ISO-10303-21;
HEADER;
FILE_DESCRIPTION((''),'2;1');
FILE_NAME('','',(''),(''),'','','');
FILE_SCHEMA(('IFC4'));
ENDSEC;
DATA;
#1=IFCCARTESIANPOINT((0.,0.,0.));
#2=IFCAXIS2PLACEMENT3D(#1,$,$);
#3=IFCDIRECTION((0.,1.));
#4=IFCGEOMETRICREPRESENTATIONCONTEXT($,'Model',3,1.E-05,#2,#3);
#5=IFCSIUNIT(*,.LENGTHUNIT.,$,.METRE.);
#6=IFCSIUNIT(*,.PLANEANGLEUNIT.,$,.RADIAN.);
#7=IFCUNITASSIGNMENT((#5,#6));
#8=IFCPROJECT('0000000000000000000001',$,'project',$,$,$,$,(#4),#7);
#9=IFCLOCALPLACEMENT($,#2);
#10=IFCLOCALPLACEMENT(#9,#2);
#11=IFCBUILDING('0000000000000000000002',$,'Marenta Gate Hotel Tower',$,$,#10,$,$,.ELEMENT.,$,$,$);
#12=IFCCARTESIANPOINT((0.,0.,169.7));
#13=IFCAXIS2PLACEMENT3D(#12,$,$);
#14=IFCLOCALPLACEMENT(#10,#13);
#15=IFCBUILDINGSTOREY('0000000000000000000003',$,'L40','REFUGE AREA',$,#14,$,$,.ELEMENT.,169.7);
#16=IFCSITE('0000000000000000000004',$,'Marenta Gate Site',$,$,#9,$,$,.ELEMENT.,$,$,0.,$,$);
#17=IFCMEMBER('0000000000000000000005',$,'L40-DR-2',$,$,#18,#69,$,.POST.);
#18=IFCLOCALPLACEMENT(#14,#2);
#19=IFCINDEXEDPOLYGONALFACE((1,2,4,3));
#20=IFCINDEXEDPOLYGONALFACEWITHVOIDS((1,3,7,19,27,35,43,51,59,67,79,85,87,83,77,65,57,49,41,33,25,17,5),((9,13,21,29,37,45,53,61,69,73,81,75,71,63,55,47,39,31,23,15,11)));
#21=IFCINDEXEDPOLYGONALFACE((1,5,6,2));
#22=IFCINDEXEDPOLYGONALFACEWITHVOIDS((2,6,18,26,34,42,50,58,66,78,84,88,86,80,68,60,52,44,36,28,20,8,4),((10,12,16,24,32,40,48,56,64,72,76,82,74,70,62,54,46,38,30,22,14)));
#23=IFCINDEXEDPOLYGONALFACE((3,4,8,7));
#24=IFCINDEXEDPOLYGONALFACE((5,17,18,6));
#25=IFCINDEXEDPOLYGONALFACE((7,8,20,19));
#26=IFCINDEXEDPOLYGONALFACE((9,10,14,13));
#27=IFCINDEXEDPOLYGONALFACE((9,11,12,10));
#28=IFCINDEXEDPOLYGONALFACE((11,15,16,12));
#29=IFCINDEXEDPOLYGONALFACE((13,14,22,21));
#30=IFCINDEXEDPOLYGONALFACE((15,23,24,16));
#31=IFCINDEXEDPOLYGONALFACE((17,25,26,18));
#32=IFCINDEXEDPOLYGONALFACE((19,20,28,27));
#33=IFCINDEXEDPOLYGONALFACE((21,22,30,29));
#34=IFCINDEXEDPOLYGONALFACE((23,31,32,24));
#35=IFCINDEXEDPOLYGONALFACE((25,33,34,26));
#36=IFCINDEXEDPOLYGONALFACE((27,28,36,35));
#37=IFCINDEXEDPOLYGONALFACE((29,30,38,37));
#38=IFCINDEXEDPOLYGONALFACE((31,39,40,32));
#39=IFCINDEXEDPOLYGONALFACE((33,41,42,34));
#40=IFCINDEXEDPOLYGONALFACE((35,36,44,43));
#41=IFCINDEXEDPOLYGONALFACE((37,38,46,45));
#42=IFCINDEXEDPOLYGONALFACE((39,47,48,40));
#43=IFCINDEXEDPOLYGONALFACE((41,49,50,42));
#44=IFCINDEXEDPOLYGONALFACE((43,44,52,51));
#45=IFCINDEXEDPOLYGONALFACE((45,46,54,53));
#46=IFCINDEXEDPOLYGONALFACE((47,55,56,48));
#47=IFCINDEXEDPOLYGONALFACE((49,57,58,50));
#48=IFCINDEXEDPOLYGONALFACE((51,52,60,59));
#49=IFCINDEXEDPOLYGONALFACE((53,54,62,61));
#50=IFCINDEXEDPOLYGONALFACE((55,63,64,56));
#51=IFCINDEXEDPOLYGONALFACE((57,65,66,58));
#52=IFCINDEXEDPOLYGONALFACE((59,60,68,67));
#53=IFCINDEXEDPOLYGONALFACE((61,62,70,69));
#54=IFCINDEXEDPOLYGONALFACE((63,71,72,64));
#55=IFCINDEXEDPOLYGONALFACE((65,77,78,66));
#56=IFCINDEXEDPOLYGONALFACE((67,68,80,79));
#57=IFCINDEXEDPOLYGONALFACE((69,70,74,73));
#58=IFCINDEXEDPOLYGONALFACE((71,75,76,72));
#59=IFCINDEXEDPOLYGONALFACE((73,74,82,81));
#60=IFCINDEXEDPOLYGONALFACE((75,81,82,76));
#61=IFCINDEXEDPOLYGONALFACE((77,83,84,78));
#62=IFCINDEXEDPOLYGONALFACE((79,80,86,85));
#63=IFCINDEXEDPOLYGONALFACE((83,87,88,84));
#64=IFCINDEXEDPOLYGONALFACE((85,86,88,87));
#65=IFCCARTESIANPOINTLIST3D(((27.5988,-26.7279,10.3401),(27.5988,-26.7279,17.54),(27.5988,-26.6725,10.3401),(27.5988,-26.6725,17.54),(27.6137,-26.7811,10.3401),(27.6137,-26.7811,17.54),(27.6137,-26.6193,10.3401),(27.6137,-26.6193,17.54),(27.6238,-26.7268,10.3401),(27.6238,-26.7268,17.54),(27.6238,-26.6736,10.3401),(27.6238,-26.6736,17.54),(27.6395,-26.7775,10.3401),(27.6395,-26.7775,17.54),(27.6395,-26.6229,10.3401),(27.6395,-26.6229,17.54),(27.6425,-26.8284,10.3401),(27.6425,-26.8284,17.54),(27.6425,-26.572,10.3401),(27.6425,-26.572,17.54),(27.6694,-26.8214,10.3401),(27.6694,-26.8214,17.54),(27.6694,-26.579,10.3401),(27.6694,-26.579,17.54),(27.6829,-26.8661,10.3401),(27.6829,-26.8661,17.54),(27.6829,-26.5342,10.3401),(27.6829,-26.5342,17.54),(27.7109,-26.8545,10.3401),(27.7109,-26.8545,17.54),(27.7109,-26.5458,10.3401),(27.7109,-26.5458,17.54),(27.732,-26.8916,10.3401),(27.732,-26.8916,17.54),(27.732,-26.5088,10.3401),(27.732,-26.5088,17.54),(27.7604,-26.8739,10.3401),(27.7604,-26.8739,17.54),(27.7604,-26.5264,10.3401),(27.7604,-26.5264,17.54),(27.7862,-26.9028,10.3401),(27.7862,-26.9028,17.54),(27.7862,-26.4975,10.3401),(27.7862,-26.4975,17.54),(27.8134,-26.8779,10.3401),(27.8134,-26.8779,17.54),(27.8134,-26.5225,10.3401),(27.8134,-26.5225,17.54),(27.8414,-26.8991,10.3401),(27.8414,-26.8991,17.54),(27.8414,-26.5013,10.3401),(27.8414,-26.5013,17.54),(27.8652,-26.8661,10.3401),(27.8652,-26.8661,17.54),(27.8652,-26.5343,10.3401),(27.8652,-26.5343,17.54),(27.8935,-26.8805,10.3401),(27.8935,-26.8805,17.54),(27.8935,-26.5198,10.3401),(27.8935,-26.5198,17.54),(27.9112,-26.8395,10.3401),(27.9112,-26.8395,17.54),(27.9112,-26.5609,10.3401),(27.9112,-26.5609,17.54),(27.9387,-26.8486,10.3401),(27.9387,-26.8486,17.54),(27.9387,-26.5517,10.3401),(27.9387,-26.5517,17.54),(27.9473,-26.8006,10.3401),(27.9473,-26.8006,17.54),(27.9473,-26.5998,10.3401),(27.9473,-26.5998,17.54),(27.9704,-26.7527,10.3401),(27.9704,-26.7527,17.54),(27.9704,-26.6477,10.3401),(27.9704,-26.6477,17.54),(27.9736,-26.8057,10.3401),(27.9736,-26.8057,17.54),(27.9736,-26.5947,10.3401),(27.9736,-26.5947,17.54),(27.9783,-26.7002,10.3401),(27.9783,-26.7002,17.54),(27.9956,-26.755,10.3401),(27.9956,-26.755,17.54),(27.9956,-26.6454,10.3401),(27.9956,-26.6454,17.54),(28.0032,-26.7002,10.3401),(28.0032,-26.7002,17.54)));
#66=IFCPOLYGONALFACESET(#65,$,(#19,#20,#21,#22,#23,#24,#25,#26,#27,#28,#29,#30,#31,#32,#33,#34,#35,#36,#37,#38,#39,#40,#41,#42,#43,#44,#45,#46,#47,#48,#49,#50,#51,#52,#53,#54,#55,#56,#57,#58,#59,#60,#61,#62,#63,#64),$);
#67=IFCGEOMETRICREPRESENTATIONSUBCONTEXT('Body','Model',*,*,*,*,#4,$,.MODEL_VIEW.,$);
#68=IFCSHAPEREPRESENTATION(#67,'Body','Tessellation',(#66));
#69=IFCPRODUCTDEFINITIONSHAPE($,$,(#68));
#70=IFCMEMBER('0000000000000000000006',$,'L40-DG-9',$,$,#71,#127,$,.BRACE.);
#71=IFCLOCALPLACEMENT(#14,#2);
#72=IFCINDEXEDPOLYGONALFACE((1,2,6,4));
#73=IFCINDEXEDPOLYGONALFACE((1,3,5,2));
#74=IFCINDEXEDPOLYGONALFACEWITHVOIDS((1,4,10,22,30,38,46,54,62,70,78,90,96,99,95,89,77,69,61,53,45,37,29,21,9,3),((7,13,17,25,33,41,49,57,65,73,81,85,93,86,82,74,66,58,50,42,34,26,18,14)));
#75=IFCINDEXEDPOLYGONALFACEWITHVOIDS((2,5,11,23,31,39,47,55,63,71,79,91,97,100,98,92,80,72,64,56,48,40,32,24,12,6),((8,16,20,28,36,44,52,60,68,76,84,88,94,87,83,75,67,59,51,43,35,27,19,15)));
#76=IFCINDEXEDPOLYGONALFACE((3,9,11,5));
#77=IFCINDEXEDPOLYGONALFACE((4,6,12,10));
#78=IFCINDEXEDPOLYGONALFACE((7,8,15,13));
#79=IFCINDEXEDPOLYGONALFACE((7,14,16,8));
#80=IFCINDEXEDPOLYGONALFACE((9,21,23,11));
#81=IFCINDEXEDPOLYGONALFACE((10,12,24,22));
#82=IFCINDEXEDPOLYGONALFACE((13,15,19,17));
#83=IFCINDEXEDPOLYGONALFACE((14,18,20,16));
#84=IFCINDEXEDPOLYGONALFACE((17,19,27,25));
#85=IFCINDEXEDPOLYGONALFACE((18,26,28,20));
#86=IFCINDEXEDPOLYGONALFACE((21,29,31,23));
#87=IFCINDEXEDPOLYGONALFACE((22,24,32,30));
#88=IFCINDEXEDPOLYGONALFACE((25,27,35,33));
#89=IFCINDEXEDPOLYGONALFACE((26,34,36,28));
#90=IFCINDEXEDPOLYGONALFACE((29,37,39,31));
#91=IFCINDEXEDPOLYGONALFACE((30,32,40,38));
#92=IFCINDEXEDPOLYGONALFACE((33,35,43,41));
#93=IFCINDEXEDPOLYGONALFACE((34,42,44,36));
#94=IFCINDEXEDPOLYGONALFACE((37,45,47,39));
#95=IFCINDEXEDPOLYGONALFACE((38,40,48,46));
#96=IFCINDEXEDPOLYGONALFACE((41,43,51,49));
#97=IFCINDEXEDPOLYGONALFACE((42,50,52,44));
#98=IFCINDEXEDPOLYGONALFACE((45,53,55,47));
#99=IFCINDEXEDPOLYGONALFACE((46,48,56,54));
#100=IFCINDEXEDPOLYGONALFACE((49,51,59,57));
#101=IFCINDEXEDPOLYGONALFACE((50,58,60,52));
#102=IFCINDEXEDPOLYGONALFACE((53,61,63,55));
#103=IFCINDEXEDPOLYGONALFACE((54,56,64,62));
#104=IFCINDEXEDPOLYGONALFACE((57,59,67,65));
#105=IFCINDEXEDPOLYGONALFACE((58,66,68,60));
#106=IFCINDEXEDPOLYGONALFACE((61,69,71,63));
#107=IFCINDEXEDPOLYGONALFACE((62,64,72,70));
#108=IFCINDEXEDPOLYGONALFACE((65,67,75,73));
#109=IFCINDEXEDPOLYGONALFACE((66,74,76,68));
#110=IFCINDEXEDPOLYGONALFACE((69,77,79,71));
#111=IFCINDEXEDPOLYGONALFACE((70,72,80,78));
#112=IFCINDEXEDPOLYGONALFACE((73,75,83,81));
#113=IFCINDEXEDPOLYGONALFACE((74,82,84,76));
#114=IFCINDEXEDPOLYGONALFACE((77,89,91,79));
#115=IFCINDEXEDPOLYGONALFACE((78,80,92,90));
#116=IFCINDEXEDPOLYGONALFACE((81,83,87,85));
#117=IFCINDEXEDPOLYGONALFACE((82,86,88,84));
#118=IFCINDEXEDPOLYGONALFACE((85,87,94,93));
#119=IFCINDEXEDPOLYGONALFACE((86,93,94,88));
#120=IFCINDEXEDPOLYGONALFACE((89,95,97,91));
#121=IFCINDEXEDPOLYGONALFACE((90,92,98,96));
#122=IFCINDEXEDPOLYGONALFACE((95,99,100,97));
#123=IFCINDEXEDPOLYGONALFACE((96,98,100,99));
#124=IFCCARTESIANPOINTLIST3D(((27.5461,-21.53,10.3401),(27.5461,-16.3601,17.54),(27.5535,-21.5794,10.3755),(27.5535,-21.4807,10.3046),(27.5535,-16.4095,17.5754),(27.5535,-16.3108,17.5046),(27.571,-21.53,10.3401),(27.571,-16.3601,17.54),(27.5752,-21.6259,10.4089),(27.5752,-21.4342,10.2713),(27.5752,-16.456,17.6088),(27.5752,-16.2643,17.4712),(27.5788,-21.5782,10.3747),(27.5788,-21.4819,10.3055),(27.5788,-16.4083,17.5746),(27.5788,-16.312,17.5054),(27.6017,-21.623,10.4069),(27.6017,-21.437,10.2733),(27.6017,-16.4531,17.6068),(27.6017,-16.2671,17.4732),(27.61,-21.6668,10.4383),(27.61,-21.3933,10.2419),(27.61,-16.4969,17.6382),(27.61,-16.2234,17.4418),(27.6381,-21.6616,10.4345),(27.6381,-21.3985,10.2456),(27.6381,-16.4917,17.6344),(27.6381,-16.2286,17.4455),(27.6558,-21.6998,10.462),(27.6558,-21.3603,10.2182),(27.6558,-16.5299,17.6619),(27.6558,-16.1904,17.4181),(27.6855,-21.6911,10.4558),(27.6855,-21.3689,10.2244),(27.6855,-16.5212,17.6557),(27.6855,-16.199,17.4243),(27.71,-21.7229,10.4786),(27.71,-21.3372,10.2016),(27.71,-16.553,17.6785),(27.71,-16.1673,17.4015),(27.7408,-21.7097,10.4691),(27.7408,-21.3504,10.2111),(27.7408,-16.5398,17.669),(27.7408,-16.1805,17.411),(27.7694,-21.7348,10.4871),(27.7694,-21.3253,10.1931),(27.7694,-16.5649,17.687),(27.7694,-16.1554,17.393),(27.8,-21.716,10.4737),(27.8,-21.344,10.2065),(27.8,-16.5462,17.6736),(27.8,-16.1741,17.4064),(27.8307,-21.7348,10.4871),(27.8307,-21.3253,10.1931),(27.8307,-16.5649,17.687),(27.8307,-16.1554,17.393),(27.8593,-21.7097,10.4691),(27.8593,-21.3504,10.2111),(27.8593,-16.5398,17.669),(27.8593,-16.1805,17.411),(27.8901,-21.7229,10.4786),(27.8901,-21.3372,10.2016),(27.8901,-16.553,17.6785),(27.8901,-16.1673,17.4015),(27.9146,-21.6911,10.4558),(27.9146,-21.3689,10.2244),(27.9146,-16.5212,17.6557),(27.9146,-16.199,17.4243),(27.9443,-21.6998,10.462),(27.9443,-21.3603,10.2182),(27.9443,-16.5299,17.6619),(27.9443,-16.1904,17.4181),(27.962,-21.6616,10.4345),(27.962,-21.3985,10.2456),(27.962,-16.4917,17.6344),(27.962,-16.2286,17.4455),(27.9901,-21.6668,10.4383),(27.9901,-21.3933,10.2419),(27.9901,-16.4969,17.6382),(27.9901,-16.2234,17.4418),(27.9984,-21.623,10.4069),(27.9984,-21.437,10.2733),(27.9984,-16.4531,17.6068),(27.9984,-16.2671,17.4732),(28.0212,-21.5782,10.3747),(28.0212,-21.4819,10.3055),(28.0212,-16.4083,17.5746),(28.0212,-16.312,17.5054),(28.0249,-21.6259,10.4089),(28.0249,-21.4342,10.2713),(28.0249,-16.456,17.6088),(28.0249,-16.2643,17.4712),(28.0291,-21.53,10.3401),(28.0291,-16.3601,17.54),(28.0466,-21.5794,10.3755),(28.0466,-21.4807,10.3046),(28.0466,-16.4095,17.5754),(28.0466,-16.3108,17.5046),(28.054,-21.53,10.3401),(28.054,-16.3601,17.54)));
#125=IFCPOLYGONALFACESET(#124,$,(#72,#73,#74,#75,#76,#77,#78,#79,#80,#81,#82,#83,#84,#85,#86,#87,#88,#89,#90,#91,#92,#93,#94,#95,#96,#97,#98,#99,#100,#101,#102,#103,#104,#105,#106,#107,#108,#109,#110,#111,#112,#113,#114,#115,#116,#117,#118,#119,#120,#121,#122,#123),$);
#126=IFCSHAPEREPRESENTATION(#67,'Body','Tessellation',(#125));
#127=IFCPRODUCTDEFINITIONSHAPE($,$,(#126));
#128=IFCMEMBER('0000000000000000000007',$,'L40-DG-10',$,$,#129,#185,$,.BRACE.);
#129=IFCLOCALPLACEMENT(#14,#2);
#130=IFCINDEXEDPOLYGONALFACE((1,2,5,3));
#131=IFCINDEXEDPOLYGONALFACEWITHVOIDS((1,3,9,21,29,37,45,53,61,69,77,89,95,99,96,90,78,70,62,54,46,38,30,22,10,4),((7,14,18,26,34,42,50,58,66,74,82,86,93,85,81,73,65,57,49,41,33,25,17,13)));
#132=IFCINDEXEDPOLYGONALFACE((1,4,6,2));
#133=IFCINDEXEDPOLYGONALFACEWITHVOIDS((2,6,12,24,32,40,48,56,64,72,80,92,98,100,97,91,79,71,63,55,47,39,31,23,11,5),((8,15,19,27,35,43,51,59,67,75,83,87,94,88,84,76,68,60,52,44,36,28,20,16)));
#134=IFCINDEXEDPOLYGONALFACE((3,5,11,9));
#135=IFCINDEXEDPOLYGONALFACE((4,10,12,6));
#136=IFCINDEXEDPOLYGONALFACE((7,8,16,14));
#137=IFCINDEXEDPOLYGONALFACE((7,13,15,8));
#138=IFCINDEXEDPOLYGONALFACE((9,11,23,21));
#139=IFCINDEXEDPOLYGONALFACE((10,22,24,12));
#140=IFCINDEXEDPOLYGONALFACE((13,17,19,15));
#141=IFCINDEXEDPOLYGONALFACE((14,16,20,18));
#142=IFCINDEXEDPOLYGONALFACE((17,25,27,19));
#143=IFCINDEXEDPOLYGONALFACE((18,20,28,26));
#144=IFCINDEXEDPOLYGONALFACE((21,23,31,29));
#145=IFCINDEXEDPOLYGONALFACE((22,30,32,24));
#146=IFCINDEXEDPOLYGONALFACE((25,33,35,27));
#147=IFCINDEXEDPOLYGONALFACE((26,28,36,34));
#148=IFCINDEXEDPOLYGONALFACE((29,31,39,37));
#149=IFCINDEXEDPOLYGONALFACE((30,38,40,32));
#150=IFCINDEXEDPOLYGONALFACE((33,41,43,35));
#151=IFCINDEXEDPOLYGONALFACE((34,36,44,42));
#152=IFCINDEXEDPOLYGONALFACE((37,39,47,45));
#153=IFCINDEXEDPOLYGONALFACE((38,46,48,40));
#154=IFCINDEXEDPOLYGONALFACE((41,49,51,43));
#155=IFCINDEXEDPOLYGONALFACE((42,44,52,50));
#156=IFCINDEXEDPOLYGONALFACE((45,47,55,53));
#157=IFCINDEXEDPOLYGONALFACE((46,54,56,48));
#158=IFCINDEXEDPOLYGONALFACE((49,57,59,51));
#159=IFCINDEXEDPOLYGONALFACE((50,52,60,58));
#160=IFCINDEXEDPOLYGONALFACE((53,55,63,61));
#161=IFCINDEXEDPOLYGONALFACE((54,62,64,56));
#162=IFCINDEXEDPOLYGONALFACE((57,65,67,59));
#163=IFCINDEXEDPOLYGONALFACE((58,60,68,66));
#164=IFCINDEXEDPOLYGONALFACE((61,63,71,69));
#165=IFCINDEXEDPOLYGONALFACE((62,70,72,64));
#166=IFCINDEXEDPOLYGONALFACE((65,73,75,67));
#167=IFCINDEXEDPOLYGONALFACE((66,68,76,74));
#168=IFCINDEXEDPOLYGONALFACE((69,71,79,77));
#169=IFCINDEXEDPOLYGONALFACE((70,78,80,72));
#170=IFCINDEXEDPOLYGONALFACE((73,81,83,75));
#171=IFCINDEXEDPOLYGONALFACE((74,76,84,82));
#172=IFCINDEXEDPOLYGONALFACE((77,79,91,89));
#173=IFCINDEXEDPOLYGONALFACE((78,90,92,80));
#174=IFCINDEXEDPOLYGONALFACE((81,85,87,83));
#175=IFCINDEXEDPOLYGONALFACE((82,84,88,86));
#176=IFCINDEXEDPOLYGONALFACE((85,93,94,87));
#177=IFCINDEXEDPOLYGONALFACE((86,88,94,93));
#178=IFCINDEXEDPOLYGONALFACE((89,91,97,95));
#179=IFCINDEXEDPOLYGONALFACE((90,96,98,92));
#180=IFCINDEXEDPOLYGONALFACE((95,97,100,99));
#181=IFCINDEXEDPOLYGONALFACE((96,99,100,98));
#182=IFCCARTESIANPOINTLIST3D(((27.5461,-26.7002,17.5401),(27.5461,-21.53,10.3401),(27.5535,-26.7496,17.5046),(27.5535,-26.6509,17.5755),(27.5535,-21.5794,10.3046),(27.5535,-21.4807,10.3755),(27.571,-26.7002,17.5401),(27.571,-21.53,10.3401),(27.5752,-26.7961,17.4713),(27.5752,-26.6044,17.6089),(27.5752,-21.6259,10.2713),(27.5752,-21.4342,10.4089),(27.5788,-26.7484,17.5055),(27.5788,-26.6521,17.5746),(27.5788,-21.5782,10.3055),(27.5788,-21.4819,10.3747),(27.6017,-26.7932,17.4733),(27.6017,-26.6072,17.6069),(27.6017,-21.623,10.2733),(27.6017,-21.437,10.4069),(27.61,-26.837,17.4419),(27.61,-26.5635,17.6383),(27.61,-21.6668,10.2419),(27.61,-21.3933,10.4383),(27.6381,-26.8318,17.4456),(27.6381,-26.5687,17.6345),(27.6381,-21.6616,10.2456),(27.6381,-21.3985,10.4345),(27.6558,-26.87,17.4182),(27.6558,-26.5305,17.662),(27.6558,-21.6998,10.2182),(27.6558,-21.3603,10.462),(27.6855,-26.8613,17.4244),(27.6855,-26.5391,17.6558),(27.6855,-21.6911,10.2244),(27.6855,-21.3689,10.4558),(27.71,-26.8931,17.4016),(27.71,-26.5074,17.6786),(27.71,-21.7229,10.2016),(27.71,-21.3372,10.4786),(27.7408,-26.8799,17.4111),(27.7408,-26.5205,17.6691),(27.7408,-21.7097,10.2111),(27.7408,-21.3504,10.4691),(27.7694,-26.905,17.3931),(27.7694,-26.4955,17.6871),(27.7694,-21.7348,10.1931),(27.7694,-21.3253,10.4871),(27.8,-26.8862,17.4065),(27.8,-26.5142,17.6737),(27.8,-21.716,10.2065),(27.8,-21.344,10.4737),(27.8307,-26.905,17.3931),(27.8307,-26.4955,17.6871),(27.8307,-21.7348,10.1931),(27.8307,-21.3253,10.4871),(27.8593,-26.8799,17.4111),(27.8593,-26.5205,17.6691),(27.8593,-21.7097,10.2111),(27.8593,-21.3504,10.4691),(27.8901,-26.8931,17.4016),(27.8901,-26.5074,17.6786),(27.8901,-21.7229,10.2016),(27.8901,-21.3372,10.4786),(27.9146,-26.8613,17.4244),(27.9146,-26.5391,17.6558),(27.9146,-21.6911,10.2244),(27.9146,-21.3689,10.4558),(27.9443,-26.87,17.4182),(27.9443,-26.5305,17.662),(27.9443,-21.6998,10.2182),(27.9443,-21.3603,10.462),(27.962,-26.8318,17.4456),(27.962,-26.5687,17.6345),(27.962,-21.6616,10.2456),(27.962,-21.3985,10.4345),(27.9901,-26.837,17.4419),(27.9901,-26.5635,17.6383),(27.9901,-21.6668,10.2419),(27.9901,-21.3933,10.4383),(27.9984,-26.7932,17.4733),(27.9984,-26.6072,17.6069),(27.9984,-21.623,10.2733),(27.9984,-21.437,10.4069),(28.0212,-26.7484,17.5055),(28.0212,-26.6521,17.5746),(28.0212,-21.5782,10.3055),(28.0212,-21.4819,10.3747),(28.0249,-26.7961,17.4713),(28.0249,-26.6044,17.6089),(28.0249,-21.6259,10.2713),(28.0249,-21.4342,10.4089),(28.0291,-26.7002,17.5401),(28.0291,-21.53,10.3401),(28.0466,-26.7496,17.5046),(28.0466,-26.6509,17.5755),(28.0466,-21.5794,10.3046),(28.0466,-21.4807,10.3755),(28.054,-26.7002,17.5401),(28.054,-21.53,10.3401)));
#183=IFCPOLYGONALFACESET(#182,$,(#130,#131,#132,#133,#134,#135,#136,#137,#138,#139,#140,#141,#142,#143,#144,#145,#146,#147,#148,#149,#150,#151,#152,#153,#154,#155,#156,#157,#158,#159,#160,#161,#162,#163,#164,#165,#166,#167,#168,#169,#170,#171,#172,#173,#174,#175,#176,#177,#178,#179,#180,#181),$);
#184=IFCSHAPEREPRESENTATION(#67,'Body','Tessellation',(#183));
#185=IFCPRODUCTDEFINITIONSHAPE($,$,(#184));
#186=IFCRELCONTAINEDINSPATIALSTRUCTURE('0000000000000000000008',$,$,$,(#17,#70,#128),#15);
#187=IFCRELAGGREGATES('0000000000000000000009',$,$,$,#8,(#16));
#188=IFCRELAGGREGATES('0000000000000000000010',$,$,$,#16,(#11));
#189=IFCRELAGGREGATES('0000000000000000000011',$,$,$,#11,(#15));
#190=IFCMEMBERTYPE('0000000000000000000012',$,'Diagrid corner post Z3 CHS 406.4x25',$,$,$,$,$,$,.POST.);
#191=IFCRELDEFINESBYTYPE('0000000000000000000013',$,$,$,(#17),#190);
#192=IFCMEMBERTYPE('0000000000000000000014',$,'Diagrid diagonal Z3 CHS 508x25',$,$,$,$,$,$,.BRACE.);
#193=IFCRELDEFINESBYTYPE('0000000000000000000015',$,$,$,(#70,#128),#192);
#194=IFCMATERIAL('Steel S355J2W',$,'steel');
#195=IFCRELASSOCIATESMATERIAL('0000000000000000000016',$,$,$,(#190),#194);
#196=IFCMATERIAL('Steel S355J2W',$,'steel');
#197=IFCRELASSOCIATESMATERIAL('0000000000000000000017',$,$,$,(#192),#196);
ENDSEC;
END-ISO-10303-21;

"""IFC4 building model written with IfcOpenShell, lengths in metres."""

from ifc_helpers import new_model, si_unit, direction, frame, origin, origin_2d, place, context, subcontext, project, spatial, hollow_circle, extrude, material, material_profile, profile_set, type_object, element, save


model = new_model("IFC4")

# Units and contexts
model_context = context("Model", 3, precision=1e-05, world=origin(), true_north=direction((0.0, 1.0)))
body_context = subcontext(model_context, "Body", "Model", "MODEL_VIEW")
ifc_project = project(units=[si_unit("LENGTHUNIT", "METRE"), si_unit("PLANEANGLEUNIT", "RADIAN")], contexts=[model_context])

# Site, building, storey
site_placement = place(None, origin())
site = spatial("IfcSite", under=ifc_project, at=site_placement, Name="Marenta Gate Site", CompositionType="ELEMENT", RefElevation=0.0)
building_placement = place(site_placement, origin())
building = spatial("IfcBuilding", under=site, at=building_placement, Name="Marenta Gate Hotel Tower", CompositionType="ELEMENT")
storey_placement = place(building_placement, frame((0.0, 0.0, 169.7)))
storey = spatial("IfcBuildingStorey", under=building, at=storey_placement, Name="L40", Description="REFUGE AREA", CompositionType="ELEMENT", Elevation=169.7)

# Members
ifc_material_1 = material(Name="Steel S355J2W", Category="steel")
ifc_material_profile_1 = material_profile(ifc_material_1, hollow_circle(Radius=0.2031, WallThickness=0.0249, at=origin_2d()), Name="CHS 406.4x25")
ifc_profile_set_1 = profile_set([ifc_material_profile_1], Name="Steel S355J2W")
member_type_1 = type_object("IfcMemberType", Name="Diagrid corner post Z3 CHS 406.4x25", PredefinedType="POST", material=ifc_profile_set_1)
member_1_placement = place(storey_placement, frame((27.8, -26.7002, 10.3401), z_axis=(0.0, 0.0, 1.0), x_axis=(1.0, 0.0, 0.0)))
element("IfcMember", 1, at=member_1_placement, inside=storey, type_object=member_type_1, Name="L40-DR-2", PredefinedType="POST", context=body_context, shape_type="SweptSolid", body=[
    extrude(hollow_circle(Radius=0.2031, WallThickness=0.0249, at=origin_2d()), origin(), (0.0, 0.0, 1.0), 7.2),
])
ifc_material_2 = material(Name="Steel S355J2W", Category="steel")
ifc_material_profile_2 = material_profile(ifc_material_2, hollow_circle(Radius=0.2539, WallThickness=0.0249, at=origin_2d()), Name="CHS 508x25")
ifc_profile_set_2 = profile_set([ifc_material_profile_2], Name="Steel S355J2W")
member_type_2 = type_object("IfcMemberType", Name="Diagrid diagonal Z3 CHS 508x25", PredefinedType="BRACE", material=ifc_profile_set_2)
member_2_placement = place(storey_placement, frame((27.8, -21.53, 10.3401), z_axis=(0.0, 0.583261, 0.812285), x_axis=(-1.0, 0.0, 0.0)))
element("IfcMember", 2, at=member_2_placement, inside=storey, type_object=member_type_2, Name="L40-DG-9", PredefinedType="BRACE", context=body_context, shape_type="SweptSolid", body=[
    extrude(hollow_circle(Radius=0.2539, WallThickness=0.0249, at=origin_2d()), origin(), (0.0, 0.0, 1.0), 8.8638),
])
member_3_placement = place(storey_placement, frame((27.8, -21.53, 10.3401), z_axis=(0.0, -0.583279, 0.812272), x_axis=(1.0, 0.0, 0.0)))
element("IfcMember", 3, at=member_3_placement, inside=storey, type_object=member_type_2, Name="L40-DG-10", PredefinedType="BRACE", context=body_context, shape_type="SweptSolid", body=[
    extrude(hollow_circle(Radius=0.2539, WallThickness=0.0249, at=origin_2d()), origin(), (0.0, 0.0, 1.0), 8.864),
])

save(model, "model.ifc")
